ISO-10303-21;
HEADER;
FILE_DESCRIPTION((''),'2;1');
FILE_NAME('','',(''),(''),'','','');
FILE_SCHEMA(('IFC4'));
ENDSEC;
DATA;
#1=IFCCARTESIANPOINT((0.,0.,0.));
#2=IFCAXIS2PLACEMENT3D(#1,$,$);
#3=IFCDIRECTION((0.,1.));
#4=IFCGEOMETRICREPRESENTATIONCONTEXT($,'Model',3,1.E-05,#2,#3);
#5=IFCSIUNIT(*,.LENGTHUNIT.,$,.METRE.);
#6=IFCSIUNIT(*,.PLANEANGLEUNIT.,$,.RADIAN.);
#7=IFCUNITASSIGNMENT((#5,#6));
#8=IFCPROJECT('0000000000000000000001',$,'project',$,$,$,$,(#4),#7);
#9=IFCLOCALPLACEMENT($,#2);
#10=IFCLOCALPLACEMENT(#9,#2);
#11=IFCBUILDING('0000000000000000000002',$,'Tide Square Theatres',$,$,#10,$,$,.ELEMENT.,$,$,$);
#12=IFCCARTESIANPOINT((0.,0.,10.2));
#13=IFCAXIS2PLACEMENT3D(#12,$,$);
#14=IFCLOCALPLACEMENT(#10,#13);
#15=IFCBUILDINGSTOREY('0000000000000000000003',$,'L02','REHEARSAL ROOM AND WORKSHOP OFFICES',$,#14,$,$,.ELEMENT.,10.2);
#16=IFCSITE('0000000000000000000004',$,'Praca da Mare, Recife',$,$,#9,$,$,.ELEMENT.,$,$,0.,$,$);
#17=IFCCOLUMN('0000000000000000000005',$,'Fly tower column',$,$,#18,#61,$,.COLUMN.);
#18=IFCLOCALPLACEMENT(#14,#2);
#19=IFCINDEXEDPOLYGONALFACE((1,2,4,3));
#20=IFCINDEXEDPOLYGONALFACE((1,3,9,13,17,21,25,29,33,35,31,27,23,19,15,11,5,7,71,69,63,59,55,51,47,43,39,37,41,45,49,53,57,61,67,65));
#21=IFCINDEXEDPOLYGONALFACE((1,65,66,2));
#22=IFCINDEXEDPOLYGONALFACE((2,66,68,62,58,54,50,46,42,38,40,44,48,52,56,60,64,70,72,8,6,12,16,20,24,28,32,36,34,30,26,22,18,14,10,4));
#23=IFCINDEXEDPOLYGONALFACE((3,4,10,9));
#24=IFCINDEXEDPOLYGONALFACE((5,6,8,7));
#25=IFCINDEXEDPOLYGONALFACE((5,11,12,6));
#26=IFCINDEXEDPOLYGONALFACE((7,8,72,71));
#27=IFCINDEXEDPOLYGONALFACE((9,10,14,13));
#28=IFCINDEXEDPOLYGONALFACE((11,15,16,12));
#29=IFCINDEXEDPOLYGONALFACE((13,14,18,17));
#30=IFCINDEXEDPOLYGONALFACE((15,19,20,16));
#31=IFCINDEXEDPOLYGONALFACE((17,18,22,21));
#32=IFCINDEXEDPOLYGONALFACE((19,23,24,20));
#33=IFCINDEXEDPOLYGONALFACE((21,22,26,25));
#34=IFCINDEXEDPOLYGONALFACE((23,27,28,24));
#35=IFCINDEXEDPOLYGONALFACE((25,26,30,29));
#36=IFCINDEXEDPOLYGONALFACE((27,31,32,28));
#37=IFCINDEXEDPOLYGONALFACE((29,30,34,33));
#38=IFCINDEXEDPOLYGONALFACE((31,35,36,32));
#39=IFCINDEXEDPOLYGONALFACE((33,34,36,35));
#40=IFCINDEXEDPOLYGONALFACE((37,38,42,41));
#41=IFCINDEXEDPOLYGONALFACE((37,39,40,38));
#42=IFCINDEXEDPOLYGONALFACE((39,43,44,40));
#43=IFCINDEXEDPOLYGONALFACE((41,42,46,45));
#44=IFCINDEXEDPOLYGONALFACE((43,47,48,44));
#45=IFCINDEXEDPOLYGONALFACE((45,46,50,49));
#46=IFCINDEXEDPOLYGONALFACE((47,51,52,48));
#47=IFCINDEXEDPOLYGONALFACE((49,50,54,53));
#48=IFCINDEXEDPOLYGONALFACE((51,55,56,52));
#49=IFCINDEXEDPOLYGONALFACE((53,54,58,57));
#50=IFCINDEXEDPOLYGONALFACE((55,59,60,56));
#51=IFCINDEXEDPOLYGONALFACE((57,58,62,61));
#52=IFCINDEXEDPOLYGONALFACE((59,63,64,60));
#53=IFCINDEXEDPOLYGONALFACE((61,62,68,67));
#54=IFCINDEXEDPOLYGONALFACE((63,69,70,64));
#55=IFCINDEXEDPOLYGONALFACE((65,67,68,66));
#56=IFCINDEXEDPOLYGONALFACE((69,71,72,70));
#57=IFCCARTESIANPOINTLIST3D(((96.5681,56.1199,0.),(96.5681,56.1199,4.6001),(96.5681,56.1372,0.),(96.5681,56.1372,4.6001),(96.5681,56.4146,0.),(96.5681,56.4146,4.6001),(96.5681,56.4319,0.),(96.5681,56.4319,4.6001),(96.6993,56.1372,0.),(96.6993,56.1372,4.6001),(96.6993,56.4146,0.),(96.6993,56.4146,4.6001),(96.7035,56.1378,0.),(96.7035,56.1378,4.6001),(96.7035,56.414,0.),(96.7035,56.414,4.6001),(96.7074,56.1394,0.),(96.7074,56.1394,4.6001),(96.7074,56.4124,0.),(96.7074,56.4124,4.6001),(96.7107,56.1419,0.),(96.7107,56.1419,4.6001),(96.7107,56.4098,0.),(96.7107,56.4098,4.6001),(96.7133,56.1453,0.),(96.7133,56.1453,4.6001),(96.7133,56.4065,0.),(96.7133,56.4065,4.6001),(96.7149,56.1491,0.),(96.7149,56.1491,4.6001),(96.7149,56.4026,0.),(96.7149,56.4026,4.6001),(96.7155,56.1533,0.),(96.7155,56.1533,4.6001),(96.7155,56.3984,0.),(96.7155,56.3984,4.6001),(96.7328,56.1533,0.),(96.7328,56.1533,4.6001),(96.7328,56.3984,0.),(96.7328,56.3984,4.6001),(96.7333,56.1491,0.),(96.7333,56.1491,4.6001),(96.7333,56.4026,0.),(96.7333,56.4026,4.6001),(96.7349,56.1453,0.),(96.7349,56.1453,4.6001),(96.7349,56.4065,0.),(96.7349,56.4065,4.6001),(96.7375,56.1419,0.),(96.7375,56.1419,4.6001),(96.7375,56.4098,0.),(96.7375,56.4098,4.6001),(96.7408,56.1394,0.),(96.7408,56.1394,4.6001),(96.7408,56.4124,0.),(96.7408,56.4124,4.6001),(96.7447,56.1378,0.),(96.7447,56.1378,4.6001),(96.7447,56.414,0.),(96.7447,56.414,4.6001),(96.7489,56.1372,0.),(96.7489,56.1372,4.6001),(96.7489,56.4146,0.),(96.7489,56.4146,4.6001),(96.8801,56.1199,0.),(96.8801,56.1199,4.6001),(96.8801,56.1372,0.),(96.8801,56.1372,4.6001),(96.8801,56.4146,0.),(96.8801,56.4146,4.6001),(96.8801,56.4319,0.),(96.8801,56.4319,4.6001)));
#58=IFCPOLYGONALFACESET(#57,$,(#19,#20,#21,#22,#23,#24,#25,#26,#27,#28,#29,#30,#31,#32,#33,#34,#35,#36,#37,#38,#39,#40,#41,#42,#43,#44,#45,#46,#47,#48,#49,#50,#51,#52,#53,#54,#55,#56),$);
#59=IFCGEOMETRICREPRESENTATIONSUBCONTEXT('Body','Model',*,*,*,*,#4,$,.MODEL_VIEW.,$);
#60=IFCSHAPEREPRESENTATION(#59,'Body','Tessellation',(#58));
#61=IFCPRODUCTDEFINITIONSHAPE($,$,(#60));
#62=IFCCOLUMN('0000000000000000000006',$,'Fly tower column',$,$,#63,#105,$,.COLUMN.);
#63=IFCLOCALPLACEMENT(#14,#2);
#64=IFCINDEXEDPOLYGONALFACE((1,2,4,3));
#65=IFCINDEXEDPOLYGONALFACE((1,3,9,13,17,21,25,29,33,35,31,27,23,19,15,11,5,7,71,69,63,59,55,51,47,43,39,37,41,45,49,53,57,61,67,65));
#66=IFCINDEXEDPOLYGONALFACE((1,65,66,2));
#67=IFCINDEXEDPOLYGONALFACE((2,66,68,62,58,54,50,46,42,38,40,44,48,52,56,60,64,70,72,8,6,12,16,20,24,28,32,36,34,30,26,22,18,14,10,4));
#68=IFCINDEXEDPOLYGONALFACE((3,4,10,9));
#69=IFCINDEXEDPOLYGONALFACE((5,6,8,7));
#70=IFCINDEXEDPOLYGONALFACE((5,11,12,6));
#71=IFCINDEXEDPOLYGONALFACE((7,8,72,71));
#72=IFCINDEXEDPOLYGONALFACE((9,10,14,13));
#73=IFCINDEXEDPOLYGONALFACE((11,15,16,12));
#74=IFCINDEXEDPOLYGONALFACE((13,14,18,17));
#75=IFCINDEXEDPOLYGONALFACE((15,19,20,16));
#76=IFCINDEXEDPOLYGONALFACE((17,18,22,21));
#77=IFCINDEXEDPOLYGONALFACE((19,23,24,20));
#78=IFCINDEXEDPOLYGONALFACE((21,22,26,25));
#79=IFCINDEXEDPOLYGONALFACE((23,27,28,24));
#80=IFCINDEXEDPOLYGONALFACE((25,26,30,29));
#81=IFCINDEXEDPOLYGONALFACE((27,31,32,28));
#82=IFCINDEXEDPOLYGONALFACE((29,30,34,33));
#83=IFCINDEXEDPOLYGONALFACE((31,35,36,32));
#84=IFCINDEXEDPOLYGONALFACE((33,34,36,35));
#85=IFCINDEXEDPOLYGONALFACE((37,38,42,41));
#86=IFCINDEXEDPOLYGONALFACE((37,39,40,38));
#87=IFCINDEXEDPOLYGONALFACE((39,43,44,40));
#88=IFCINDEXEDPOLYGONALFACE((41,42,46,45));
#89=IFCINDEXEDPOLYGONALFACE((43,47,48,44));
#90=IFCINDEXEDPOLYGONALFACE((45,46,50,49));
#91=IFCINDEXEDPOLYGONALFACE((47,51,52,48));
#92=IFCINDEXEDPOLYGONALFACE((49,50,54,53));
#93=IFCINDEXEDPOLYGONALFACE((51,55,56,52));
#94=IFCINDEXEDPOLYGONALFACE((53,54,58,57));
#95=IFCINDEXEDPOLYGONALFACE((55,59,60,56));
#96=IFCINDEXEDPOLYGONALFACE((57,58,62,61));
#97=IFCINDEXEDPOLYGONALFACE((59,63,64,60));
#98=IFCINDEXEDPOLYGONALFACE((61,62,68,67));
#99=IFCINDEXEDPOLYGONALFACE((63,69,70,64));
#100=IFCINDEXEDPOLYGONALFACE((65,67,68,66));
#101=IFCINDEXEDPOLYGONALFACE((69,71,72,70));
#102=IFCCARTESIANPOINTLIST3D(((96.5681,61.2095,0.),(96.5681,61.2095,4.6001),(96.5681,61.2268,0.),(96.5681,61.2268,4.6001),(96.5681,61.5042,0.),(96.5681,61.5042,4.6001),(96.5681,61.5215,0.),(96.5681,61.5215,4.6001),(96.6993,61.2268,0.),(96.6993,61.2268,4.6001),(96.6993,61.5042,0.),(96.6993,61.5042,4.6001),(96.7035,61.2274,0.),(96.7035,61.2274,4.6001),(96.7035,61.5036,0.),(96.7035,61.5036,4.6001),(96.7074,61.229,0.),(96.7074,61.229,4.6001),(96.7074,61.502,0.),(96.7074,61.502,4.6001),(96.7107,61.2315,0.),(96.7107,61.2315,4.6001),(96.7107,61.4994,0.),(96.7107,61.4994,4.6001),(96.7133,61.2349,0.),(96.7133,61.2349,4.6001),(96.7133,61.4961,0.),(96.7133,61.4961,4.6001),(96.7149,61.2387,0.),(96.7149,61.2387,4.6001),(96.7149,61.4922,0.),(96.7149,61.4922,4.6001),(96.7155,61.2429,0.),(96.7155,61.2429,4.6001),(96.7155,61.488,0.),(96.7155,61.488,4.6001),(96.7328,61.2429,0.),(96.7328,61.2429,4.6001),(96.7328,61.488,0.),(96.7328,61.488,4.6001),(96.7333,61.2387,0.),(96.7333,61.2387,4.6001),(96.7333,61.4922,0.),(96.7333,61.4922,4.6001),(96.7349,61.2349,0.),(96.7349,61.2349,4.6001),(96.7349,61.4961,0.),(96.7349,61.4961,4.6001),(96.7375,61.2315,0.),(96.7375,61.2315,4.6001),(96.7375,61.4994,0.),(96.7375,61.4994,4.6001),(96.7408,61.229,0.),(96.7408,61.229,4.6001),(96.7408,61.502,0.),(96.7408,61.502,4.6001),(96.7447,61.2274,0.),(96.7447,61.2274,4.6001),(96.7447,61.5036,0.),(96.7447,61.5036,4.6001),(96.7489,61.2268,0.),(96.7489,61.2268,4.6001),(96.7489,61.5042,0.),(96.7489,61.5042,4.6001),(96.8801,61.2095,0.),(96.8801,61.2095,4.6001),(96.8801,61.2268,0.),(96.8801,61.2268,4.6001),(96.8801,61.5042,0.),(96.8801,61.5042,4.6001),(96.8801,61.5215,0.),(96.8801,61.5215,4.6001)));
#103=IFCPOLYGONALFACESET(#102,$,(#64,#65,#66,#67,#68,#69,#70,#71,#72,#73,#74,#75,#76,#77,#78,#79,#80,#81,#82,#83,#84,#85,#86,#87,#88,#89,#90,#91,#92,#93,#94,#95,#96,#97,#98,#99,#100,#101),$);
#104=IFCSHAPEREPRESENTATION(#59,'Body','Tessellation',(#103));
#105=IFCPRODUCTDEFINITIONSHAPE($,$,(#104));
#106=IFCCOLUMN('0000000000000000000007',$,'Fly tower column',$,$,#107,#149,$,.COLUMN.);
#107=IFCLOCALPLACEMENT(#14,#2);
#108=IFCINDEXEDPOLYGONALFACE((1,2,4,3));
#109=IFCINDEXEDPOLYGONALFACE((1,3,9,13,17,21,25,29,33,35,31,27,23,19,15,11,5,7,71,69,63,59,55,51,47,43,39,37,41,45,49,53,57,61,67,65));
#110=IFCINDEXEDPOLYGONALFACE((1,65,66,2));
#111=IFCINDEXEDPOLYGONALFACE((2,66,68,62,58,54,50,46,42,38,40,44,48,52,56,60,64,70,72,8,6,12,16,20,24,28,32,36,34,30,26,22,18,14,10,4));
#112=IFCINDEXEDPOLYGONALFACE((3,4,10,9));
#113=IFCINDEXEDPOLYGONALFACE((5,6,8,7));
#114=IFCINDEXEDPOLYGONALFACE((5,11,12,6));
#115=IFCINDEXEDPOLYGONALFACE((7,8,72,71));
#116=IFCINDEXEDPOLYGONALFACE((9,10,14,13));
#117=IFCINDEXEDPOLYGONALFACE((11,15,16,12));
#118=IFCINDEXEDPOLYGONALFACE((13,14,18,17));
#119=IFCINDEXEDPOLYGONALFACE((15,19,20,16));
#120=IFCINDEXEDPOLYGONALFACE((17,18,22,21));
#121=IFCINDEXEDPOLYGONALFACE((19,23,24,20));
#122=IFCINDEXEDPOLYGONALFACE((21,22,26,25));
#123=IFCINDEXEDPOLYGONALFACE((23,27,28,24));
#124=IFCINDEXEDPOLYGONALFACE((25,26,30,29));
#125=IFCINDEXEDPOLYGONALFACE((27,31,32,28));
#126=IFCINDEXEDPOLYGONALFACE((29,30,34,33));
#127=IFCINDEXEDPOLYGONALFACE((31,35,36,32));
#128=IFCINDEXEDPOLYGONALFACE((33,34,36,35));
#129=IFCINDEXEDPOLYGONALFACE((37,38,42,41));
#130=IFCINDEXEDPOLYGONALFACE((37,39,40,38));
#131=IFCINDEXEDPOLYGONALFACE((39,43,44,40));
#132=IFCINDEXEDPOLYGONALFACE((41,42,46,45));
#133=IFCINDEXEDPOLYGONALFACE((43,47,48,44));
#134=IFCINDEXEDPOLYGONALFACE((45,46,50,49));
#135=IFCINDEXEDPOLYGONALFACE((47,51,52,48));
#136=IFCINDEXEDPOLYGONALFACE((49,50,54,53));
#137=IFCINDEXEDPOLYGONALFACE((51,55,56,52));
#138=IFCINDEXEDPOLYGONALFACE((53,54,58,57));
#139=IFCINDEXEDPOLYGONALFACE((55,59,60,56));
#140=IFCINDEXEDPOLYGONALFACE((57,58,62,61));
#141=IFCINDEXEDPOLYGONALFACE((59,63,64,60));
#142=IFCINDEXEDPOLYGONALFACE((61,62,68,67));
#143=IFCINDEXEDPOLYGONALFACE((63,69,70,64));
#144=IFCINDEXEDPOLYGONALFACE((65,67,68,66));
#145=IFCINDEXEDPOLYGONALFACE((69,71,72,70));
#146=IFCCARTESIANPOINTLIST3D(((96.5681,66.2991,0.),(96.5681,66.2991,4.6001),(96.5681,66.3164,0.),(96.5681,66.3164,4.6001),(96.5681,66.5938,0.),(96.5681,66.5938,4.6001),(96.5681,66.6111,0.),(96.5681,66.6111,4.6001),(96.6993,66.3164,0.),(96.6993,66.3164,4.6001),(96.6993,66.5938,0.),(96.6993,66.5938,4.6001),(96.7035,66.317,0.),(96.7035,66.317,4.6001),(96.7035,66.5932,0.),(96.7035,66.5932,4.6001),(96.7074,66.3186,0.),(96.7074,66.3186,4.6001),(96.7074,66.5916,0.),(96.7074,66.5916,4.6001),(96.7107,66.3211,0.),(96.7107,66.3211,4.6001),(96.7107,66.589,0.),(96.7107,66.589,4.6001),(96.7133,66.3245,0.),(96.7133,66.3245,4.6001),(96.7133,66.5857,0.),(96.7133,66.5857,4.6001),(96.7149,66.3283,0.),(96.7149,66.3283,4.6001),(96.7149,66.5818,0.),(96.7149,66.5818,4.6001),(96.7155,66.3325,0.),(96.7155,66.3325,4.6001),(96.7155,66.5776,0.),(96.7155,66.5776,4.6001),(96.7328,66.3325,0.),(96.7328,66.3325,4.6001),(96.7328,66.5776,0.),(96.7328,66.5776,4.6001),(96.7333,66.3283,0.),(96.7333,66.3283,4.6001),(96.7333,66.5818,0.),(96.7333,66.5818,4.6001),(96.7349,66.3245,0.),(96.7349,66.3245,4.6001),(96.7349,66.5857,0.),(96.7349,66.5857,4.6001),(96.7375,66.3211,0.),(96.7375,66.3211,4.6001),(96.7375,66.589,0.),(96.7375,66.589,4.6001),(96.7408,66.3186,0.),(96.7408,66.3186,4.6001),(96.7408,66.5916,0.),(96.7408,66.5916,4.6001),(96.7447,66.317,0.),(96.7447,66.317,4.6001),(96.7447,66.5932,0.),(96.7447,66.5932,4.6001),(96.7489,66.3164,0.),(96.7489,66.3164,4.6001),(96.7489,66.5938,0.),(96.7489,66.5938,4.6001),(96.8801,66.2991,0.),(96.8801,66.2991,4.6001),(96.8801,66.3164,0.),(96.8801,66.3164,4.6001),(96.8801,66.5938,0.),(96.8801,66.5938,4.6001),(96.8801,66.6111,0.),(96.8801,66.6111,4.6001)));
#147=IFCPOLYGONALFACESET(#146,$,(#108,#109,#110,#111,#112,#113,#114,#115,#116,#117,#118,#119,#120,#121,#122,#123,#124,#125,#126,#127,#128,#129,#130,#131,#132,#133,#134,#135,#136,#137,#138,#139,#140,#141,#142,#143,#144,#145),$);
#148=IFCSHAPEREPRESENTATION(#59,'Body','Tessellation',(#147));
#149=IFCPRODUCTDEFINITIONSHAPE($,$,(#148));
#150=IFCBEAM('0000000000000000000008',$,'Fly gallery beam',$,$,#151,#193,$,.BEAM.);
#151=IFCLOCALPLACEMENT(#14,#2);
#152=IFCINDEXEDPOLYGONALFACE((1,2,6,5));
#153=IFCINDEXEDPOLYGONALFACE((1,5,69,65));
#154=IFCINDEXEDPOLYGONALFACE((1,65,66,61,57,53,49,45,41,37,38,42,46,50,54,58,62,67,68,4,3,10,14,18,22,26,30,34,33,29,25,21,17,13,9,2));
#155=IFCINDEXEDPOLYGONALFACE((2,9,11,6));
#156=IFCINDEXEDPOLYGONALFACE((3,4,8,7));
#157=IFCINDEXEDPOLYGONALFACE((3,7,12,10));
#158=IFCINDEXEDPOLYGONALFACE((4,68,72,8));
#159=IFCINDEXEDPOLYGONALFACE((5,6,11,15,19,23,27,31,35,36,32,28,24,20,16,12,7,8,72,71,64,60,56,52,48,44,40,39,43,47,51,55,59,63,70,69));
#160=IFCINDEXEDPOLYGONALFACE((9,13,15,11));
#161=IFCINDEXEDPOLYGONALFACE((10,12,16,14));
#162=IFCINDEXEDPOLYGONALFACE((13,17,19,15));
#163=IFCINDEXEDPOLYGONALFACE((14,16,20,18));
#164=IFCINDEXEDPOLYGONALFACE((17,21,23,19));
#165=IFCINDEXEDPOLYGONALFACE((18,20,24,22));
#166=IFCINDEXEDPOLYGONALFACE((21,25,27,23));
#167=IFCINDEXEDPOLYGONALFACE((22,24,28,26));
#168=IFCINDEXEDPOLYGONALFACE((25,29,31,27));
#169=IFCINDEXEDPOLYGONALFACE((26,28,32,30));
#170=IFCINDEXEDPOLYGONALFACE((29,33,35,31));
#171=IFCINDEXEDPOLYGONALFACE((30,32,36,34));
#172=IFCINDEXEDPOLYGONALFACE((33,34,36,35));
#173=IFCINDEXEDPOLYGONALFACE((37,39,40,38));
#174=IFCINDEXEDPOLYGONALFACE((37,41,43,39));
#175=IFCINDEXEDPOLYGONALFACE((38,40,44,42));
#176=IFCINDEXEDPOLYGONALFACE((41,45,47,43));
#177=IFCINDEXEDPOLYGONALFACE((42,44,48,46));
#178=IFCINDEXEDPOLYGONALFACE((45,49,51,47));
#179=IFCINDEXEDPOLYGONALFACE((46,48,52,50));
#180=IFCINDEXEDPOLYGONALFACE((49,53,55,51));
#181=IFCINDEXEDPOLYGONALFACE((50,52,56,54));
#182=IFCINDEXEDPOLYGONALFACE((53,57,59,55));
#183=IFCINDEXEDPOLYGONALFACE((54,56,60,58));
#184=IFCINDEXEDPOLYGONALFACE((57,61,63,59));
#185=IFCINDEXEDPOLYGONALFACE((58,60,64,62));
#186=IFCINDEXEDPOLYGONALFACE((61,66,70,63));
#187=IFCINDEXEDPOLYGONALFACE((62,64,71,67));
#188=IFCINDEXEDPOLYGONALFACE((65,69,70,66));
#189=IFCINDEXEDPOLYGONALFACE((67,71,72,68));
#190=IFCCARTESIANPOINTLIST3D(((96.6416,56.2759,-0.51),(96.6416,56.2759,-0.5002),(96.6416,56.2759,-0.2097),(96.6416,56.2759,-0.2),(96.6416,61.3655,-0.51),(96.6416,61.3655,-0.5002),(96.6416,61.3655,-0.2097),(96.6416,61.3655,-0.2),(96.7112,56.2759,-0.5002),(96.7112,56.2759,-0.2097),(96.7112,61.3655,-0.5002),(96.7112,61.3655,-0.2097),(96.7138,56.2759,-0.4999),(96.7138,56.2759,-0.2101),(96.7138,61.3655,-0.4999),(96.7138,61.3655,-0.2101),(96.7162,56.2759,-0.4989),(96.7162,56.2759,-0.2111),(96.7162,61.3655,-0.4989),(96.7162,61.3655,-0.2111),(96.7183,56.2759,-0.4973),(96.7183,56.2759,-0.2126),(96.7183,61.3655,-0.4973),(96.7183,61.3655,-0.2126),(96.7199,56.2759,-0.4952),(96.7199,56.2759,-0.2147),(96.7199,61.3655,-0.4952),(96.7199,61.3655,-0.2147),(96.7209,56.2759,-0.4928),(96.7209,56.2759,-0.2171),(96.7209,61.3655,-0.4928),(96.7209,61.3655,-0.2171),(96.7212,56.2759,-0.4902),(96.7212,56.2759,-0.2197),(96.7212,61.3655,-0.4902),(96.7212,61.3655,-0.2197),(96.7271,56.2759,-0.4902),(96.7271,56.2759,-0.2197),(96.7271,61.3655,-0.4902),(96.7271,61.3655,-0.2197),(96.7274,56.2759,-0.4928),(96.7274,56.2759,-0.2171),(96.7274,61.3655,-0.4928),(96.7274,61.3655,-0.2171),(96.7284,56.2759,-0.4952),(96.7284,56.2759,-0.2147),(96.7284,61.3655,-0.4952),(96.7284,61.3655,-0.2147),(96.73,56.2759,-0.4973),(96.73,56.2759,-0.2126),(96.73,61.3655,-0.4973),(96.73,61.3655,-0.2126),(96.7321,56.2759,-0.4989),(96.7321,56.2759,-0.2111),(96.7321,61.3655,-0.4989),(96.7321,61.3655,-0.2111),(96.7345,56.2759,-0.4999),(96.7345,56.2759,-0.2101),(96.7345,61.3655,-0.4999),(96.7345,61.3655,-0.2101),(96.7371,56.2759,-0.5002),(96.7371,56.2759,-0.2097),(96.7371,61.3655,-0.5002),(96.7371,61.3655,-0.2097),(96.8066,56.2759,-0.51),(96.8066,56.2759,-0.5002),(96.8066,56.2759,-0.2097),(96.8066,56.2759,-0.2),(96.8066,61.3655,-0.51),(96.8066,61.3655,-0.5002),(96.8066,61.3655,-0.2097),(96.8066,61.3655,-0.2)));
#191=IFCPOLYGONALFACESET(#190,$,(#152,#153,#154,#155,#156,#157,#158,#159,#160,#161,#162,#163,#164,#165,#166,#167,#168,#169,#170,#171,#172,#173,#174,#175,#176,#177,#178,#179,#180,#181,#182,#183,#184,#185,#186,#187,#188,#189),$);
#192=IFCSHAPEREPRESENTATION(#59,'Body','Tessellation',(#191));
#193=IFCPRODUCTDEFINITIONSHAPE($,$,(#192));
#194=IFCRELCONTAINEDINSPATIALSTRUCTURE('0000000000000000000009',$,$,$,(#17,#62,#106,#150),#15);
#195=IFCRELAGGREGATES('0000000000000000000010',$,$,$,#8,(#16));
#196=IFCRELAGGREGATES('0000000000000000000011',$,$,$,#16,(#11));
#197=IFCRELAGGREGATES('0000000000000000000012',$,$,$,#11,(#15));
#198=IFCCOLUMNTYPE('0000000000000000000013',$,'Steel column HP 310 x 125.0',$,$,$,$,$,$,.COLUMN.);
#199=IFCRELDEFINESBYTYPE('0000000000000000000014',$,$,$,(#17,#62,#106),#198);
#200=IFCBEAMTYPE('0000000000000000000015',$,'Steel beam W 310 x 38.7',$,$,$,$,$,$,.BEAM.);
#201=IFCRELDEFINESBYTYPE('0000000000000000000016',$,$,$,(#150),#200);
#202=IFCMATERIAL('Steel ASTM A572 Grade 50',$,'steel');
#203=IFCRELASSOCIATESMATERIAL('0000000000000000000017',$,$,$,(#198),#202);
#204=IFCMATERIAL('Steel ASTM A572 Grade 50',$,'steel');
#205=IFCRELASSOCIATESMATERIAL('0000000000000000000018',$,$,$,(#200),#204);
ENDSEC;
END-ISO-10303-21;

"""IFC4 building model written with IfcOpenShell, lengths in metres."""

from ifc_helpers import new_model, si_unit, direction, frame, origin, origin_2d, place, context, subcontext, project, spatial, i_section, extrude, material, material_profile, profile_set, type_object, element, save


model = new_model("IFC4")

# Units and contexts
model_context = context("Model", 3, precision=1e-05, world=origin(), true_north=direction((0.0, 1.0)))
body_context = subcontext(model_context, "Body", "Model", "MODEL_VIEW")
ifc_project = project(units=[si_unit("LENGTHUNIT", "METRE"), si_unit("PLANEANGLEUNIT", "RADIAN")], contexts=[model_context])

# Site, building, storey
site_placement = place(None, origin())
site = spatial("IfcSite", under=ifc_project, at=site_placement, Name="Praca da Mare, Recife", CompositionType="ELEMENT", RefElevation=0.0)
building_placement = place(site_placement, origin())
building = spatial("IfcBuilding", under=site, at=building_placement, Name="Tide Square Theatres", CompositionType="ELEMENT")
storey_placement = place(building_placement, frame((0.0, 0.0, 10.2)))
storey = spatial("IfcBuildingStorey", under=building, at=storey_placement, Name="L02", Description="REHEARSAL ROOM AND WORKSHOP OFFICES", CompositionType="ELEMENT", Elevation=10.2)

# Columns
ifc_material_1 = material(Name="Steel ASTM A572 Grade 50", Category="steel")
ifc_material_profile_1 = material_profile(ifc_material_1, i_section(OverallWidth=0.312, OverallDepth=0.312, WebThickness=0.0173, FlangeThickness=0.0173, FilletRadius=0.0161, at=origin_2d()))
ifc_profile_set_1 = profile_set([ifc_material_profile_1], Name="Steel ASTM A572 Grade 50")
column_type = type_object("IfcColumnType", Name="Steel column HP 310 x 125.0", PredefinedType="COLUMN", material=ifc_profile_set_1)
for number, where, z_axis, x_axis, name in (
    (1, (96.7241, 56.2759, 0.0), (0.0, 0.0, 1.0), (1.0, 0.0, 0.0), "Fly tower column"),
    (2, (96.7241, 61.3655, 0.0), (0.0, 0.0, 1.0), (1.0, 0.0, 0.0), "Fly tower column"),
    (3, (96.7241, 66.4551, 0.0), (0.0, 0.0, 1.0), (1.0, 0.0, 0.0), "Fly tower column"),
):
    element("IfcColumn", number, at=place(storey_placement, frame(where, z_axis=z_axis, x_axis=x_axis)), inside=storey, type_object=column_type, Name=name, PredefinedType="COLUMN", context=body_context, shape_type="SweptSolid", body=[
        extrude(i_section(OverallWidth=0.312, OverallDepth=0.312, WebThickness=0.0173, FlangeThickness=0.0173, FilletRadius=0.0161, at=origin_2d()), origin(), (0.0, 0.0, 1.0), 4.6001),
    ])

# Beam
ifc_material_2 = material(Name="Steel ASTM A572 Grade 50", Category="steel")
ifc_material_profile_2 = material_profile(ifc_material_2, i_section(OverallWidth=0.165, OverallDepth=0.3101, WebThickness=0.0059, FlangeThickness=0.0098, FilletRadius=0.01, at=origin_2d()))
ifc_profile_set_2 = profile_set([ifc_material_profile_2], Name="Steel ASTM A572 Grade 50")
beam_type = type_object("IfcBeamType", Name="Steel beam W 310 x 38.7", PredefinedType="BEAM", material=ifc_profile_set_2)
for number, where, z_axis, x_axis, name in (
    (4, (96.7241, 56.2759, -0.355), (0.0, 1.0, 0.0), (-1.0, 0.0, 0.0), "Fly gallery beam"),
):
    element("IfcBeam", number, at=place(storey_placement, frame(where, z_axis=z_axis, x_axis=x_axis)), inside=storey, type_object=beam_type, Name=name, PredefinedType="BEAM", context=body_context, shape_type="SweptSolid", body=[
        extrude(i_section(OverallWidth=0.165, OverallDepth=0.3101, WebThickness=0.0059, FlangeThickness=0.0098, FilletRadius=0.01, at=origin_2d()), origin(), (0.0, 0.0, 1.0), 5.0896),
    ])

save(model, "model.ifc")
